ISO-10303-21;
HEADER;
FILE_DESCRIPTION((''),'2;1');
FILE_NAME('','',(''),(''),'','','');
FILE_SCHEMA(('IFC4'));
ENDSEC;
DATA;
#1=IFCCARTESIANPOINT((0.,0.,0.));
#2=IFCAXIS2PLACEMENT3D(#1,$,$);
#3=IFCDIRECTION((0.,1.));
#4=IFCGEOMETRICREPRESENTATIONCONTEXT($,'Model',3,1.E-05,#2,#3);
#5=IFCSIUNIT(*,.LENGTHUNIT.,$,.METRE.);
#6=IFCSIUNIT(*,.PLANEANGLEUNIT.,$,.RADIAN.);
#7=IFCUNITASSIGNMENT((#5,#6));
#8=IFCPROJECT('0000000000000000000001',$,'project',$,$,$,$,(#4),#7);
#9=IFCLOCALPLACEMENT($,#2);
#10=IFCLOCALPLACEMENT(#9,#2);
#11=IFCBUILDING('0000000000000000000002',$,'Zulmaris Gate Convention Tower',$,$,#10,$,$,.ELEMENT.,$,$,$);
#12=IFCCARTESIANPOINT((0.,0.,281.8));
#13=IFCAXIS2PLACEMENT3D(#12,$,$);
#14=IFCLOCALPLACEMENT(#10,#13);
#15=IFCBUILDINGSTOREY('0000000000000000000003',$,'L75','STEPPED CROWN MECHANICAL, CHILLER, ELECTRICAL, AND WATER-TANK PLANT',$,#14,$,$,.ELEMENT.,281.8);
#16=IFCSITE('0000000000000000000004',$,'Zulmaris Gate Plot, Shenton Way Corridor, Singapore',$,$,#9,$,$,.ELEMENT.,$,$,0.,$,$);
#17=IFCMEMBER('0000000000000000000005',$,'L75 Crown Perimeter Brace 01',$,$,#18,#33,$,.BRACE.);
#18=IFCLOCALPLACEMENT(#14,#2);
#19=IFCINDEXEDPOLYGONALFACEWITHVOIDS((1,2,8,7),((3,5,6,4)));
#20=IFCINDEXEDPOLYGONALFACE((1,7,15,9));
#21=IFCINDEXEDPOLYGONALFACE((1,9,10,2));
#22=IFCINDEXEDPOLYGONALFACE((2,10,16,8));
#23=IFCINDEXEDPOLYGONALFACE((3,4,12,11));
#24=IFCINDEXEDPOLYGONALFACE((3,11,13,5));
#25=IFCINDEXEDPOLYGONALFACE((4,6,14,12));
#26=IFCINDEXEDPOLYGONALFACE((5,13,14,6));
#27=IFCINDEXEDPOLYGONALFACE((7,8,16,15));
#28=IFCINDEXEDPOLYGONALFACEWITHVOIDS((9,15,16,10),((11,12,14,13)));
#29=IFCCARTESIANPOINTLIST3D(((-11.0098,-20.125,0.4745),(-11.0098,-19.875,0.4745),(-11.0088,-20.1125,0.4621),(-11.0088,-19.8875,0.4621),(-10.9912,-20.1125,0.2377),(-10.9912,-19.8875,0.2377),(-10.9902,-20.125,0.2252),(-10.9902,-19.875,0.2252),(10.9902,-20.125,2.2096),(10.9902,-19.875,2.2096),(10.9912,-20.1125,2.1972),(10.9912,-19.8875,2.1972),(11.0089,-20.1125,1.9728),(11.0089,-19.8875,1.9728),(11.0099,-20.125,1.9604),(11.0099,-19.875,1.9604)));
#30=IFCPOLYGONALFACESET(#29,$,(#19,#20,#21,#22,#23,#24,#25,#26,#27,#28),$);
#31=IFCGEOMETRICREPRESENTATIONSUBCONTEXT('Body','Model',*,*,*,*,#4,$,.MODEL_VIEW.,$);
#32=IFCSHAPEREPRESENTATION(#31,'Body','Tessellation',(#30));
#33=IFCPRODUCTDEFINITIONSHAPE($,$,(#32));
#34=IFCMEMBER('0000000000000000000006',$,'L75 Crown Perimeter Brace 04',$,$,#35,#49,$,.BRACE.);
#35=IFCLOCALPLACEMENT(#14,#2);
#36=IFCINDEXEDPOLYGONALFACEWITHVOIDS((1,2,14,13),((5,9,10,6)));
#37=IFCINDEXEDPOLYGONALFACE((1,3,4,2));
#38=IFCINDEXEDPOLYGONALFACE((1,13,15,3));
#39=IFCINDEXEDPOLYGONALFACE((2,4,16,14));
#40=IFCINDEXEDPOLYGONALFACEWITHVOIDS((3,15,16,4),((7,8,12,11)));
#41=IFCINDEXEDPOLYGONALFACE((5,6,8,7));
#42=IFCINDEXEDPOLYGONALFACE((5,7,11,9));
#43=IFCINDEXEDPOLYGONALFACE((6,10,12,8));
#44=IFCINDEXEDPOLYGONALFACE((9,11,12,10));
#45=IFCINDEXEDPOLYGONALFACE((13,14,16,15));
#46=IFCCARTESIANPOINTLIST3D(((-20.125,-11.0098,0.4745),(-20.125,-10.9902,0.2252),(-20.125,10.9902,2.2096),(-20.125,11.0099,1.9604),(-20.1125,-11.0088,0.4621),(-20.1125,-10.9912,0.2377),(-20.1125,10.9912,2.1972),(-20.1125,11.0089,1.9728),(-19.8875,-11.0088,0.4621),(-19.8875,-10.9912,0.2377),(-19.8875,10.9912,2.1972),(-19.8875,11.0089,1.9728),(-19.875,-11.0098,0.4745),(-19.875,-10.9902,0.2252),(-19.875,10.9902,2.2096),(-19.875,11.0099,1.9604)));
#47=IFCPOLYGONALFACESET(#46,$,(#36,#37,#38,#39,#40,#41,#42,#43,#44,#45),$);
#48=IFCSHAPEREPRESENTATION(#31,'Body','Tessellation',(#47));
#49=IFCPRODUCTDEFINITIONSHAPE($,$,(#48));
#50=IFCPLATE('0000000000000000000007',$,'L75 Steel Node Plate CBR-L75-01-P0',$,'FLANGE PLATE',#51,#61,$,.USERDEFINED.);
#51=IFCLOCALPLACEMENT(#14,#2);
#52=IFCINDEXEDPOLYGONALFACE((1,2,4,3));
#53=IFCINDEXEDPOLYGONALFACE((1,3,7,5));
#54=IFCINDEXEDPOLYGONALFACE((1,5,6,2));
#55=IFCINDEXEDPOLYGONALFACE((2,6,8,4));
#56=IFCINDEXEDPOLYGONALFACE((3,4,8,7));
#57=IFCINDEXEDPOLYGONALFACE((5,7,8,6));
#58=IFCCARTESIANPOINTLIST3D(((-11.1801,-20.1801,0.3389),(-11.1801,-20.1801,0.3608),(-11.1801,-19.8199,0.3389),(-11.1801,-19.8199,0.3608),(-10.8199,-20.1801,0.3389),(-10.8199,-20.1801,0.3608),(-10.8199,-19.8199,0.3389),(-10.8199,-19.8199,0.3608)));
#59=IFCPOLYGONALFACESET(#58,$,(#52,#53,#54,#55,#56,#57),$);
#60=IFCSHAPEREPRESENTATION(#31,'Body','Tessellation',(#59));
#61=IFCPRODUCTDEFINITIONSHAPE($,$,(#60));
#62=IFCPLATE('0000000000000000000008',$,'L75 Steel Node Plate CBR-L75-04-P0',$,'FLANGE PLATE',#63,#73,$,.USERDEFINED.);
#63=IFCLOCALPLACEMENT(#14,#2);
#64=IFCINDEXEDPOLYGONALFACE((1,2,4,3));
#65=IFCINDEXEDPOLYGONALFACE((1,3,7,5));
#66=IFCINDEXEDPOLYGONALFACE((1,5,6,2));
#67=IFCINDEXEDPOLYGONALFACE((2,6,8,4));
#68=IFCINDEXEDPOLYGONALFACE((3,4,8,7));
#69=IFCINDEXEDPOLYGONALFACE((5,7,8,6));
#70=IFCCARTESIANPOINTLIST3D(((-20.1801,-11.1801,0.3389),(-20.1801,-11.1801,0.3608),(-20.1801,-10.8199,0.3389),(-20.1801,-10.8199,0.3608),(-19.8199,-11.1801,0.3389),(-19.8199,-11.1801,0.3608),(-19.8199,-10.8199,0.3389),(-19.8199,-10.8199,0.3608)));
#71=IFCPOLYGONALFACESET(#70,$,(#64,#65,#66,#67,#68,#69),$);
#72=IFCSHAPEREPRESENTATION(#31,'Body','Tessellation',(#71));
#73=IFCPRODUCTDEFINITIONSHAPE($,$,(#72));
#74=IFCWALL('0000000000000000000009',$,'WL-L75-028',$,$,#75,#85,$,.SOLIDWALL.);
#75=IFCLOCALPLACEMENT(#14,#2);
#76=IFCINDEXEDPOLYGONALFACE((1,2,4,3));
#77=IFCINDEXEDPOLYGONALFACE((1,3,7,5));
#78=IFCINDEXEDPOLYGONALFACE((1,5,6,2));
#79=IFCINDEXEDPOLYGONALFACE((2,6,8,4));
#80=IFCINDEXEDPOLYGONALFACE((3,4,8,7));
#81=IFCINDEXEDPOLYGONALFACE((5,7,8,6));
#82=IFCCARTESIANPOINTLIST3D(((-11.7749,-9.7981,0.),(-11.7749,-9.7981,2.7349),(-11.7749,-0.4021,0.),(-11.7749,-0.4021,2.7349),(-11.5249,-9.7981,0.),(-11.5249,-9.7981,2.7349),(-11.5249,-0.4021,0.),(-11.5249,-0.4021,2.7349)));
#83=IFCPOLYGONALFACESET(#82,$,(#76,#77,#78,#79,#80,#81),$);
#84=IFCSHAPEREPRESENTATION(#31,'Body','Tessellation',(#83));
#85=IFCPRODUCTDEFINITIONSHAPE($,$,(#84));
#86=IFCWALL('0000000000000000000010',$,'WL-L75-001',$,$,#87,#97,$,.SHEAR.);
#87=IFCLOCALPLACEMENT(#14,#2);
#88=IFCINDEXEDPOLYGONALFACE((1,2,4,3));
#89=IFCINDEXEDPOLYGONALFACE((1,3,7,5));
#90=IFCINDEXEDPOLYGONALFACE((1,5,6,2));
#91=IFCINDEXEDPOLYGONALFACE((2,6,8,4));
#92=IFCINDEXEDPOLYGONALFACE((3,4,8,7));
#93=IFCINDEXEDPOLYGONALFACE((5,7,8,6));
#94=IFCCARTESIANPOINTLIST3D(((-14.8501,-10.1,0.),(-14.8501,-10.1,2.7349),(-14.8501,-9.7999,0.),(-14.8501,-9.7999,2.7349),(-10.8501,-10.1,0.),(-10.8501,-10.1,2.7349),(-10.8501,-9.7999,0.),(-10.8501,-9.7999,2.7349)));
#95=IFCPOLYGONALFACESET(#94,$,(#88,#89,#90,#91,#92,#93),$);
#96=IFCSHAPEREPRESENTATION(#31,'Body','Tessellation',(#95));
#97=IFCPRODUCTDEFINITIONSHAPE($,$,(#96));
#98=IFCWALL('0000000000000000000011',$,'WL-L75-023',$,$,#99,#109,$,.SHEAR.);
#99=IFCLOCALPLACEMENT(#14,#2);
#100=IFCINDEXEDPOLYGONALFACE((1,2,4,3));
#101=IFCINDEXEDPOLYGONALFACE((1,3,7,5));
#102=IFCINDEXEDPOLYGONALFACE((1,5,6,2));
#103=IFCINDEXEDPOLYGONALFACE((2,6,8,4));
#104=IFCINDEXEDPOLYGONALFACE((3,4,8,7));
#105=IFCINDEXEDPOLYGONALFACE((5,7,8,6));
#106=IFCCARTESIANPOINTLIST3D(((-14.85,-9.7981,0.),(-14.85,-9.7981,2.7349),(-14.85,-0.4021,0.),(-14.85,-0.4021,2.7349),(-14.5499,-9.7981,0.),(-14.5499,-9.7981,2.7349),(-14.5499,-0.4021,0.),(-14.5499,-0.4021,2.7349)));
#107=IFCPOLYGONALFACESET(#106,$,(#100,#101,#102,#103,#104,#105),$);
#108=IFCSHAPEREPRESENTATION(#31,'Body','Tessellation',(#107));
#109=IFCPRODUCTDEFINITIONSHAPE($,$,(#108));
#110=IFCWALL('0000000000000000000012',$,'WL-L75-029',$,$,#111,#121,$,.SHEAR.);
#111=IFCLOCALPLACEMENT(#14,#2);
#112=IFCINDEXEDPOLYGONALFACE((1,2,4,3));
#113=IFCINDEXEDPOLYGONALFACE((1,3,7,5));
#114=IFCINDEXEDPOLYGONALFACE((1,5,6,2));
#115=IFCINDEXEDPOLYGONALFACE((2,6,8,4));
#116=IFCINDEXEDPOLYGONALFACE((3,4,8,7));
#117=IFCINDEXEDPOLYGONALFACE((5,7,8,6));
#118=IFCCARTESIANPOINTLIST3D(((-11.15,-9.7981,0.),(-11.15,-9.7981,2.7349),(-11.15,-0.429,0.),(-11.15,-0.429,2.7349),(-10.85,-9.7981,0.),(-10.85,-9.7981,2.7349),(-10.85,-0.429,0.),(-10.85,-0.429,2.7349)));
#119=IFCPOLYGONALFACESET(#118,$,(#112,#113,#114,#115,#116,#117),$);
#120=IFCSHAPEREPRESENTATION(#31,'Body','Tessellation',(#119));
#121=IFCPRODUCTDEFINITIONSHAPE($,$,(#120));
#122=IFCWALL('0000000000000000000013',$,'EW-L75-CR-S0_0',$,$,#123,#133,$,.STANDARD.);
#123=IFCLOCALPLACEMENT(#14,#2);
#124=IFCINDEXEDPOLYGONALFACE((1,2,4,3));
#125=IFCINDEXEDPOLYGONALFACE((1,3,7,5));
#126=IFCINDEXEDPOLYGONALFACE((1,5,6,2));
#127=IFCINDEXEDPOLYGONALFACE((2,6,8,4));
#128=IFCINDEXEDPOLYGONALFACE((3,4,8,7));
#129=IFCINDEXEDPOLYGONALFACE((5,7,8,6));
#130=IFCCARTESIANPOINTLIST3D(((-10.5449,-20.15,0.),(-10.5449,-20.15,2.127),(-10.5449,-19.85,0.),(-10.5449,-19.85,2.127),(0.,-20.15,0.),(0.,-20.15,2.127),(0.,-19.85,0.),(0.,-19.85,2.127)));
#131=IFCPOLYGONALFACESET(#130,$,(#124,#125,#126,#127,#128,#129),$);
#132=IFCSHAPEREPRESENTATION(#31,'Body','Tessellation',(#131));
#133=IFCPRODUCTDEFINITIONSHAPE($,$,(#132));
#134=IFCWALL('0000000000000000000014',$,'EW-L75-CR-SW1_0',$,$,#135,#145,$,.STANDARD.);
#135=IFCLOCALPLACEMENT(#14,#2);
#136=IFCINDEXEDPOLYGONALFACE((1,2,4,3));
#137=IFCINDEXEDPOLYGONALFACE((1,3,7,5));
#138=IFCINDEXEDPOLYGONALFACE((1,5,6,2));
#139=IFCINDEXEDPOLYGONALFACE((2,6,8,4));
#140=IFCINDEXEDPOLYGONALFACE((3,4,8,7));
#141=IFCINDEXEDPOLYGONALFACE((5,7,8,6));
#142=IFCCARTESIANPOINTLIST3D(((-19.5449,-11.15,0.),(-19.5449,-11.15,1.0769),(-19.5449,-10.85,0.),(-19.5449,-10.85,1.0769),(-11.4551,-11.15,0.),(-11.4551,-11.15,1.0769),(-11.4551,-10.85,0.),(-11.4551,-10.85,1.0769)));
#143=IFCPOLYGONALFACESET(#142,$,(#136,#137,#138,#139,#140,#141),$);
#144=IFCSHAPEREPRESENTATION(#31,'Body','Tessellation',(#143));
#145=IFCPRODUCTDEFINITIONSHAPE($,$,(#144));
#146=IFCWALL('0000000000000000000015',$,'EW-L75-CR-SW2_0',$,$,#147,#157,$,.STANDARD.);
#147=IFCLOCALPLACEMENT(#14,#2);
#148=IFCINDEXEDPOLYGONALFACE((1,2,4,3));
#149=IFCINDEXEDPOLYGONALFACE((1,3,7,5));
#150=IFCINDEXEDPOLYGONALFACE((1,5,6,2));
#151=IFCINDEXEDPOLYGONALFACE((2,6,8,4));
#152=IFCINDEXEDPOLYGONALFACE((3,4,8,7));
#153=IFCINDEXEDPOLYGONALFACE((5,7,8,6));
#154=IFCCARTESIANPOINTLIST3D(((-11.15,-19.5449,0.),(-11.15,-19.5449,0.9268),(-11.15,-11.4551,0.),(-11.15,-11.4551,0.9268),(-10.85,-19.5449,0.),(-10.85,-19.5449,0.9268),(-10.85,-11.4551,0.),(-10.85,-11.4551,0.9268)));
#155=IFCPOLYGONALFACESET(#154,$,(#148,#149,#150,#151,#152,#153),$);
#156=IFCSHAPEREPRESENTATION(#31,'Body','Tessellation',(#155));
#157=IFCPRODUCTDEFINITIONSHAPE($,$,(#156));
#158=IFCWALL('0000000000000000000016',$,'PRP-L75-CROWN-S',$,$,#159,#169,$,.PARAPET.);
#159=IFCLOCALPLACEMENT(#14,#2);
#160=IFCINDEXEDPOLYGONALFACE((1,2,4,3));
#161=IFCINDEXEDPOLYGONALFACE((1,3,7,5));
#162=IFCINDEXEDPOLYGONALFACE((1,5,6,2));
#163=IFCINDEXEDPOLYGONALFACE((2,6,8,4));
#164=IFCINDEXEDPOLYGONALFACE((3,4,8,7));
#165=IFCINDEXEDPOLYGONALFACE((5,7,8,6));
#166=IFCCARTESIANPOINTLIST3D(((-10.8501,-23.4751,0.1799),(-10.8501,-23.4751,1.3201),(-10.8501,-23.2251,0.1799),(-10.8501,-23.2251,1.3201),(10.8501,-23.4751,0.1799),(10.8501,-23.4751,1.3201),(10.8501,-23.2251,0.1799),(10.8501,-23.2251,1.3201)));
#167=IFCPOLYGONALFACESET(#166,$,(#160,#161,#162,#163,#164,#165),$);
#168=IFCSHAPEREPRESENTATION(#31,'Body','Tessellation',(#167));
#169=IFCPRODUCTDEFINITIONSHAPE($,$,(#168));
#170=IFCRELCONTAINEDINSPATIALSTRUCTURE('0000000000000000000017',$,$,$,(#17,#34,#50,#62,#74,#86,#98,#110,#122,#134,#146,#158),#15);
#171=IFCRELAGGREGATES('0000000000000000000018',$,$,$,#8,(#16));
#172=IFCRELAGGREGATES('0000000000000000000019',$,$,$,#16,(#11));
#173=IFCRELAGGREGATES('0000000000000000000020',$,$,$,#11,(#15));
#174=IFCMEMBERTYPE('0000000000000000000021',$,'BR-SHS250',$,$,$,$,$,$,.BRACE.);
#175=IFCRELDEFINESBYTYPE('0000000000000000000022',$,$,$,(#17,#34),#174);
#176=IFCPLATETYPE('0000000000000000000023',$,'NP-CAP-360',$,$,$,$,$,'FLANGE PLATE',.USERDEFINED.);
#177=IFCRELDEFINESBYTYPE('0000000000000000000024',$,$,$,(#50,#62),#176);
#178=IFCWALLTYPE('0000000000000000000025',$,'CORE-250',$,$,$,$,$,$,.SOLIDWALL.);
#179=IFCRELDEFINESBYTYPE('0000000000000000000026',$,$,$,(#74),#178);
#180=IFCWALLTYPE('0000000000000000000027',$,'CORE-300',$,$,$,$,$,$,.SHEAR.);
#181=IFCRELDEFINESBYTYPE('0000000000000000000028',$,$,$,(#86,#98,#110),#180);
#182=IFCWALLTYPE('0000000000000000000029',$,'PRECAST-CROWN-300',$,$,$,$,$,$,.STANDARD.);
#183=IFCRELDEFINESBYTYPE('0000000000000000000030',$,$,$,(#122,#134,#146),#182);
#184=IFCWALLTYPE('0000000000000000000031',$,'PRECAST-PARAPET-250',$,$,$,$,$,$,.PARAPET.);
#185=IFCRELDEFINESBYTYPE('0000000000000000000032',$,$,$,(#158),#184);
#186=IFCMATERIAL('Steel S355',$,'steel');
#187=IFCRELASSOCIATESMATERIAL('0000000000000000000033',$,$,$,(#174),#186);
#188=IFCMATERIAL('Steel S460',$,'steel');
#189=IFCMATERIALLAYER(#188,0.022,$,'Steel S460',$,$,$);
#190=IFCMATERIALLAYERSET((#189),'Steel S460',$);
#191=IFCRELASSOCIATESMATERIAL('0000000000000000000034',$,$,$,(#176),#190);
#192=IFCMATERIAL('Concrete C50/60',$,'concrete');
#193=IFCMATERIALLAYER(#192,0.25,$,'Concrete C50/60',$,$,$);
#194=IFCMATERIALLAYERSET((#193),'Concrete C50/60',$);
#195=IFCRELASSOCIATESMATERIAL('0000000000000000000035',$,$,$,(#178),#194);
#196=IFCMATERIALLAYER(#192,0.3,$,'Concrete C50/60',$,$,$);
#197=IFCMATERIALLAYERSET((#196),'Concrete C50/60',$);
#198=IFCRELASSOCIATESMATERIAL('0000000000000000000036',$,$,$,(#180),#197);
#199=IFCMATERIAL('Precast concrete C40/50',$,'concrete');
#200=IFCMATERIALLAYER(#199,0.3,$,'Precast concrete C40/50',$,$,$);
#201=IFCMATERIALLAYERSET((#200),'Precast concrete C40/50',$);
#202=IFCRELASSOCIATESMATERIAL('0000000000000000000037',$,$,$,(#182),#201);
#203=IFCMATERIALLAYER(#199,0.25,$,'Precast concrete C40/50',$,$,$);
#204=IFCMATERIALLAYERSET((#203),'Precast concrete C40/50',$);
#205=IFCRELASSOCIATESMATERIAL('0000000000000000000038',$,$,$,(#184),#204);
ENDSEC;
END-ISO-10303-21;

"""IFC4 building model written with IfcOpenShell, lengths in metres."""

from ifc_helpers import new_model, si_unit, direction, frame, frame_2d, origin, origin_2d, place, context, subcontext, project, spatial, rectangle, hollow_rectangle, extrude, material, layer, layer_set, material_profile, profile_set, type_object, element, save


model = new_model("IFC4")

# Units and contexts
model_context = context("Model", 3, precision=1e-05, world=origin(), true_north=direction((0.0, 1.0)))
body_context = subcontext(model_context, "Body", "Model", "MODEL_VIEW")
ifc_project = project(units=[si_unit("LENGTHUNIT", "METRE"), si_unit("PLANEANGLEUNIT", "RADIAN")], contexts=[model_context])

# Site, building, storey
site_placement = place(None, origin())
site = spatial("IfcSite", under=ifc_project, at=site_placement, Name="Zulmaris Gate Plot, Shenton Way Corridor, Singapore", CompositionType="ELEMENT", RefElevation=0.0)
building_placement = place(site_placement, origin())
building = spatial("IfcBuilding", under=site, at=building_placement, Name="Zulmaris Gate Convention Tower", CompositionType="ELEMENT")
storey_placement = place(building_placement, frame((0.0, 0.0, 281.8)))
storey = spatial("IfcBuildingStorey", under=building, at=storey_placement, Name="L75", Description="STEPPED CROWN MECHANICAL, CHILLER, ELECTRICAL, AND WATER-TANK PLANT", CompositionType="ELEMENT", Elevation=281.8)

# Shared definitions
ifc_material_1 = material(Name="Steel S355", Category="steel")

# Members
ifc_material_profile_1 = material_profile(ifc_material_1, hollow_rectangle(XDim=0.25, YDim=0.25, WallThickness=0.0125, at=origin_2d()), Name="SHS 250x250x12.5")
ifc_profile_set_1 = profile_set([ifc_material_profile_1], Name="Steel S355")
member_type = type_object("IfcMemberType", Name="BR-SHS250", PredefinedType="BRACE", material=ifc_profile_set_1)
for number, where, z_axis, x_axis, name in (
    (1, (-11.0, -20.0, 0.3499), (0.996904, 0.0, 0.078624), (0.0, 1.0, 0.0), "L75 Crown Perimeter Brace 01"),
    (2, (-20.0, -11.0, 0.3499), (0.0, 0.996904, 0.078624), (-1.0, 0.0, 0.0), "L75 Crown Perimeter Brace 04"),
):
    element("IfcMember", number, at=place(storey_placement, frame(where, z_axis=z_axis, x_axis=x_axis)), inside=storey, type_object=member_type, Name=name, PredefinedType="BRACE", context=body_context, shape_type="SweptSolid", body=[
        extrude(hollow_rectangle(XDim=0.25, YDim=0.25, WallThickness=0.0125, at=origin_2d()), origin(), (0.0, 0.0, 1.0), 22.0684),
    ])

# Plates
ifc_material_2 = material(Name="Steel S460", Category="steel")
ifc_layer_1 = layer(ifc_material_2, 0.022, Name="Steel S460")
ifc_layer_set_1 = layer_set([ifc_layer_1], Name="Steel S460")
plate_type = type_object("IfcPlateType", Name="NP-CAP-360", ElementType="FLANGE PLATE", PredefinedType="USERDEFINED", material=ifc_layer_set_1)
for number, where, z_axis, x_axis, name in (
    (3, (-11.0, -20.0, 0.3389), (0.0, 0.0, 1.0), (1.0, 0.0, 0.0), "L75 Steel Node Plate CBR-L75-01-P0"),
    (4, (-20.0, -11.0, 0.3389), (0.0, 0.0, 1.0), (1.0, 0.0, 0.0), "L75 Steel Node Plate CBR-L75-04-P0"),
):
    element("IfcPlate", number, at=place(storey_placement, frame(where, z_axis=z_axis, x_axis=x_axis)), inside=storey, type_object=plate_type, Name=name, ObjectType="FLANGE PLATE", PredefinedType="USERDEFINED", context=body_context, shape_type="SweptSolid", body=[
        extrude(rectangle(XDim=0.3601, YDim=0.3601, at=origin_2d()), origin(), (0.0, 0.0, 1.0), 0.022),
    ])

# Walls
ifc_material_3 = material(Name="Concrete C50/60", Category="concrete")
ifc_layer_2 = layer(ifc_material_3, 0.25, Name="Concrete C50/60")
ifc_layer_set_2 = layer_set([ifc_layer_2], Name="Concrete C50/60")
wall_type_1 = type_object("IfcWallType", Name="CORE-250", PredefinedType="SOLIDWALL", material=ifc_layer_set_2)
wall_1_placement = place(storey_placement, frame((-11.6499, -9.7981, 0.0), z_axis=(0.0, 0.0, 1.0), x_axis=(0.0, 1.0, 0.0)))
element("IfcWall", 5, at=wall_1_placement, inside=storey, type_object=wall_type_1, Name="WL-L75-028", PredefinedType="SOLIDWALL", context=body_context, shape_type="SweptSolid", body=[
    extrude(rectangle(XDim=9.396, YDim=0.25, at=frame_2d((4.698, 0.0))), origin(), (0.0, 0.0, 1.0), 2.7349),
])
ifc_layer_3 = layer(ifc_material_3, 0.3, Name="Concrete C50/60")
ifc_layer_set_3 = layer_set([ifc_layer_3], Name="Concrete C50/60")
wall_type_2 = type_object("IfcWallType", Name="CORE-300", PredefinedType="SHEAR", material=ifc_layer_set_3)
wall_2_placement = place(storey_placement, frame((-14.8501, -9.95, 0.0), z_axis=(0.0, 0.0, 1.0), x_axis=(1.0, 0.0, 0.0)))
element("IfcWall", 6, at=wall_2_placement, inside=storey, type_object=wall_type_2, Name="WL-L75-001", PredefinedType="SHEAR", context=body_context, shape_type="SweptSolid", body=[
    extrude(rectangle(XDim=4.0, YDim=0.3, at=frame_2d((2.0, 0.0))), origin(), (0.0, 0.0, 1.0), 2.7349),
])
wall_3_placement = place(storey_placement, frame((-14.7, -9.7981, 0.0), z_axis=(0.0, 0.0, 1.0), x_axis=(0.0, 1.0, 0.0)))
element("IfcWall", 7, at=wall_3_placement, inside=storey, type_object=wall_type_2, Name="WL-L75-023", PredefinedType="SHEAR", context=body_context, shape_type="SweptSolid", body=[
    extrude(rectangle(XDim=9.396, YDim=0.3, at=frame_2d((4.698, 0.0))), origin(), (0.0, 0.0, 1.0), 2.7349),
])
wall_4_placement = place(storey_placement, frame((-11.0, -9.7981, 0.0), z_axis=(0.0, 0.0, 1.0), x_axis=(0.0, 1.0, 0.0)))
element("IfcWall", 8, at=wall_4_placement, inside=storey, type_object=wall_type_2, Name="WL-L75-029", PredefinedType="SHEAR", context=body_context, shape_type="SweptSolid", body=[
    extrude(rectangle(XDim=9.3691, YDim=0.3, at=frame_2d((4.6846, 0.0))), origin(), (0.0, 0.0, 1.0), 2.7349),
])
ifc_material_4 = material(Name="Precast concrete C40/50", Category="concrete")
ifc_layer_4 = layer(ifc_material_4, 0.3, Name="Precast concrete C40/50")
ifc_layer_set_4 = layer_set([ifc_layer_4], Name="Precast concrete C40/50")
wall_type_3 = type_object("IfcWallType", Name="PRECAST-CROWN-300", PredefinedType="STANDARD", material=ifc_layer_set_4)
wall_5_placement = place(storey_placement, frame((-10.5449, -20.0, 0.0), z_axis=(0.0, 0.0, 1.0), x_axis=(1.0, 0.0, 0.0)))
element("IfcWall", 9, at=wall_5_placement, inside=storey, type_object=wall_type_3, Name="EW-L75-CR-S0_0", PredefinedType="STANDARD", context=body_context, shape_type="SweptSolid", body=[
    extrude(rectangle(XDim=10.5449, YDim=0.3, at=frame_2d((5.2725, 0.0))), origin(), (0.0, 0.0, 1.0), 2.127),
])
wall_6_placement = place(storey_placement, frame((-19.5449, -11.0, 0.0), z_axis=(0.0, 0.0, 1.0), x_axis=(1.0, 0.0, 0.0)))
element("IfcWall", 10, at=wall_6_placement, inside=storey, type_object=wall_type_3, Name="EW-L75-CR-SW1_0", PredefinedType="STANDARD", context=body_context, shape_type="SweptSolid", body=[
    extrude(rectangle(XDim=8.0898, YDim=0.3, at=frame_2d((4.0449, 0.0))), origin(), (0.0, 0.0, 1.0), 1.0769),
])
wall_7_placement = place(storey_placement, frame((-11.0, -11.4551, 0.0), z_axis=(0.0, 0.0, 1.0), x_axis=(0.0, -1.0, 0.0)))
element("IfcWall", 11, at=wall_7_placement, inside=storey, type_object=wall_type_3, Name="EW-L75-CR-SW2_0", PredefinedType="STANDARD", context=body_context, shape_type="SweptSolid", body=[
    extrude(rectangle(XDim=8.0898, YDim=0.3, at=frame_2d((4.0449, 0.0))), origin(), (0.0, 0.0, 1.0), 0.9268),
])
ifc_layer_5 = layer(ifc_material_4, 0.25, Name="Precast concrete C40/50")
ifc_layer_set_5 = layer_set([ifc_layer_5], Name="Precast concrete C40/50")
wall_type_4 = type_object("IfcWallType", Name="PRECAST-PARAPET-250", PredefinedType="PARAPET", material=ifc_layer_set_5)
wall_8_placement = place(storey_placement, frame((-10.8501, -23.3501, 0.1799), z_axis=(0.0, 0.0, 1.0), x_axis=(1.0, 0.0, 0.0)))
element("IfcWall", 12, at=wall_8_placement, inside=storey, type_object=wall_type_4, Name="PRP-L75-CROWN-S", PredefinedType="PARAPET", context=body_context, shape_type="SweptSolid", body=[
    extrude(rectangle(XDim=21.7002, YDim=0.25, at=frame_2d((10.8501, 0.0))), origin(), (0.0, 0.0, 1.0), 1.1401),
])

save(model, "model.ifc")
